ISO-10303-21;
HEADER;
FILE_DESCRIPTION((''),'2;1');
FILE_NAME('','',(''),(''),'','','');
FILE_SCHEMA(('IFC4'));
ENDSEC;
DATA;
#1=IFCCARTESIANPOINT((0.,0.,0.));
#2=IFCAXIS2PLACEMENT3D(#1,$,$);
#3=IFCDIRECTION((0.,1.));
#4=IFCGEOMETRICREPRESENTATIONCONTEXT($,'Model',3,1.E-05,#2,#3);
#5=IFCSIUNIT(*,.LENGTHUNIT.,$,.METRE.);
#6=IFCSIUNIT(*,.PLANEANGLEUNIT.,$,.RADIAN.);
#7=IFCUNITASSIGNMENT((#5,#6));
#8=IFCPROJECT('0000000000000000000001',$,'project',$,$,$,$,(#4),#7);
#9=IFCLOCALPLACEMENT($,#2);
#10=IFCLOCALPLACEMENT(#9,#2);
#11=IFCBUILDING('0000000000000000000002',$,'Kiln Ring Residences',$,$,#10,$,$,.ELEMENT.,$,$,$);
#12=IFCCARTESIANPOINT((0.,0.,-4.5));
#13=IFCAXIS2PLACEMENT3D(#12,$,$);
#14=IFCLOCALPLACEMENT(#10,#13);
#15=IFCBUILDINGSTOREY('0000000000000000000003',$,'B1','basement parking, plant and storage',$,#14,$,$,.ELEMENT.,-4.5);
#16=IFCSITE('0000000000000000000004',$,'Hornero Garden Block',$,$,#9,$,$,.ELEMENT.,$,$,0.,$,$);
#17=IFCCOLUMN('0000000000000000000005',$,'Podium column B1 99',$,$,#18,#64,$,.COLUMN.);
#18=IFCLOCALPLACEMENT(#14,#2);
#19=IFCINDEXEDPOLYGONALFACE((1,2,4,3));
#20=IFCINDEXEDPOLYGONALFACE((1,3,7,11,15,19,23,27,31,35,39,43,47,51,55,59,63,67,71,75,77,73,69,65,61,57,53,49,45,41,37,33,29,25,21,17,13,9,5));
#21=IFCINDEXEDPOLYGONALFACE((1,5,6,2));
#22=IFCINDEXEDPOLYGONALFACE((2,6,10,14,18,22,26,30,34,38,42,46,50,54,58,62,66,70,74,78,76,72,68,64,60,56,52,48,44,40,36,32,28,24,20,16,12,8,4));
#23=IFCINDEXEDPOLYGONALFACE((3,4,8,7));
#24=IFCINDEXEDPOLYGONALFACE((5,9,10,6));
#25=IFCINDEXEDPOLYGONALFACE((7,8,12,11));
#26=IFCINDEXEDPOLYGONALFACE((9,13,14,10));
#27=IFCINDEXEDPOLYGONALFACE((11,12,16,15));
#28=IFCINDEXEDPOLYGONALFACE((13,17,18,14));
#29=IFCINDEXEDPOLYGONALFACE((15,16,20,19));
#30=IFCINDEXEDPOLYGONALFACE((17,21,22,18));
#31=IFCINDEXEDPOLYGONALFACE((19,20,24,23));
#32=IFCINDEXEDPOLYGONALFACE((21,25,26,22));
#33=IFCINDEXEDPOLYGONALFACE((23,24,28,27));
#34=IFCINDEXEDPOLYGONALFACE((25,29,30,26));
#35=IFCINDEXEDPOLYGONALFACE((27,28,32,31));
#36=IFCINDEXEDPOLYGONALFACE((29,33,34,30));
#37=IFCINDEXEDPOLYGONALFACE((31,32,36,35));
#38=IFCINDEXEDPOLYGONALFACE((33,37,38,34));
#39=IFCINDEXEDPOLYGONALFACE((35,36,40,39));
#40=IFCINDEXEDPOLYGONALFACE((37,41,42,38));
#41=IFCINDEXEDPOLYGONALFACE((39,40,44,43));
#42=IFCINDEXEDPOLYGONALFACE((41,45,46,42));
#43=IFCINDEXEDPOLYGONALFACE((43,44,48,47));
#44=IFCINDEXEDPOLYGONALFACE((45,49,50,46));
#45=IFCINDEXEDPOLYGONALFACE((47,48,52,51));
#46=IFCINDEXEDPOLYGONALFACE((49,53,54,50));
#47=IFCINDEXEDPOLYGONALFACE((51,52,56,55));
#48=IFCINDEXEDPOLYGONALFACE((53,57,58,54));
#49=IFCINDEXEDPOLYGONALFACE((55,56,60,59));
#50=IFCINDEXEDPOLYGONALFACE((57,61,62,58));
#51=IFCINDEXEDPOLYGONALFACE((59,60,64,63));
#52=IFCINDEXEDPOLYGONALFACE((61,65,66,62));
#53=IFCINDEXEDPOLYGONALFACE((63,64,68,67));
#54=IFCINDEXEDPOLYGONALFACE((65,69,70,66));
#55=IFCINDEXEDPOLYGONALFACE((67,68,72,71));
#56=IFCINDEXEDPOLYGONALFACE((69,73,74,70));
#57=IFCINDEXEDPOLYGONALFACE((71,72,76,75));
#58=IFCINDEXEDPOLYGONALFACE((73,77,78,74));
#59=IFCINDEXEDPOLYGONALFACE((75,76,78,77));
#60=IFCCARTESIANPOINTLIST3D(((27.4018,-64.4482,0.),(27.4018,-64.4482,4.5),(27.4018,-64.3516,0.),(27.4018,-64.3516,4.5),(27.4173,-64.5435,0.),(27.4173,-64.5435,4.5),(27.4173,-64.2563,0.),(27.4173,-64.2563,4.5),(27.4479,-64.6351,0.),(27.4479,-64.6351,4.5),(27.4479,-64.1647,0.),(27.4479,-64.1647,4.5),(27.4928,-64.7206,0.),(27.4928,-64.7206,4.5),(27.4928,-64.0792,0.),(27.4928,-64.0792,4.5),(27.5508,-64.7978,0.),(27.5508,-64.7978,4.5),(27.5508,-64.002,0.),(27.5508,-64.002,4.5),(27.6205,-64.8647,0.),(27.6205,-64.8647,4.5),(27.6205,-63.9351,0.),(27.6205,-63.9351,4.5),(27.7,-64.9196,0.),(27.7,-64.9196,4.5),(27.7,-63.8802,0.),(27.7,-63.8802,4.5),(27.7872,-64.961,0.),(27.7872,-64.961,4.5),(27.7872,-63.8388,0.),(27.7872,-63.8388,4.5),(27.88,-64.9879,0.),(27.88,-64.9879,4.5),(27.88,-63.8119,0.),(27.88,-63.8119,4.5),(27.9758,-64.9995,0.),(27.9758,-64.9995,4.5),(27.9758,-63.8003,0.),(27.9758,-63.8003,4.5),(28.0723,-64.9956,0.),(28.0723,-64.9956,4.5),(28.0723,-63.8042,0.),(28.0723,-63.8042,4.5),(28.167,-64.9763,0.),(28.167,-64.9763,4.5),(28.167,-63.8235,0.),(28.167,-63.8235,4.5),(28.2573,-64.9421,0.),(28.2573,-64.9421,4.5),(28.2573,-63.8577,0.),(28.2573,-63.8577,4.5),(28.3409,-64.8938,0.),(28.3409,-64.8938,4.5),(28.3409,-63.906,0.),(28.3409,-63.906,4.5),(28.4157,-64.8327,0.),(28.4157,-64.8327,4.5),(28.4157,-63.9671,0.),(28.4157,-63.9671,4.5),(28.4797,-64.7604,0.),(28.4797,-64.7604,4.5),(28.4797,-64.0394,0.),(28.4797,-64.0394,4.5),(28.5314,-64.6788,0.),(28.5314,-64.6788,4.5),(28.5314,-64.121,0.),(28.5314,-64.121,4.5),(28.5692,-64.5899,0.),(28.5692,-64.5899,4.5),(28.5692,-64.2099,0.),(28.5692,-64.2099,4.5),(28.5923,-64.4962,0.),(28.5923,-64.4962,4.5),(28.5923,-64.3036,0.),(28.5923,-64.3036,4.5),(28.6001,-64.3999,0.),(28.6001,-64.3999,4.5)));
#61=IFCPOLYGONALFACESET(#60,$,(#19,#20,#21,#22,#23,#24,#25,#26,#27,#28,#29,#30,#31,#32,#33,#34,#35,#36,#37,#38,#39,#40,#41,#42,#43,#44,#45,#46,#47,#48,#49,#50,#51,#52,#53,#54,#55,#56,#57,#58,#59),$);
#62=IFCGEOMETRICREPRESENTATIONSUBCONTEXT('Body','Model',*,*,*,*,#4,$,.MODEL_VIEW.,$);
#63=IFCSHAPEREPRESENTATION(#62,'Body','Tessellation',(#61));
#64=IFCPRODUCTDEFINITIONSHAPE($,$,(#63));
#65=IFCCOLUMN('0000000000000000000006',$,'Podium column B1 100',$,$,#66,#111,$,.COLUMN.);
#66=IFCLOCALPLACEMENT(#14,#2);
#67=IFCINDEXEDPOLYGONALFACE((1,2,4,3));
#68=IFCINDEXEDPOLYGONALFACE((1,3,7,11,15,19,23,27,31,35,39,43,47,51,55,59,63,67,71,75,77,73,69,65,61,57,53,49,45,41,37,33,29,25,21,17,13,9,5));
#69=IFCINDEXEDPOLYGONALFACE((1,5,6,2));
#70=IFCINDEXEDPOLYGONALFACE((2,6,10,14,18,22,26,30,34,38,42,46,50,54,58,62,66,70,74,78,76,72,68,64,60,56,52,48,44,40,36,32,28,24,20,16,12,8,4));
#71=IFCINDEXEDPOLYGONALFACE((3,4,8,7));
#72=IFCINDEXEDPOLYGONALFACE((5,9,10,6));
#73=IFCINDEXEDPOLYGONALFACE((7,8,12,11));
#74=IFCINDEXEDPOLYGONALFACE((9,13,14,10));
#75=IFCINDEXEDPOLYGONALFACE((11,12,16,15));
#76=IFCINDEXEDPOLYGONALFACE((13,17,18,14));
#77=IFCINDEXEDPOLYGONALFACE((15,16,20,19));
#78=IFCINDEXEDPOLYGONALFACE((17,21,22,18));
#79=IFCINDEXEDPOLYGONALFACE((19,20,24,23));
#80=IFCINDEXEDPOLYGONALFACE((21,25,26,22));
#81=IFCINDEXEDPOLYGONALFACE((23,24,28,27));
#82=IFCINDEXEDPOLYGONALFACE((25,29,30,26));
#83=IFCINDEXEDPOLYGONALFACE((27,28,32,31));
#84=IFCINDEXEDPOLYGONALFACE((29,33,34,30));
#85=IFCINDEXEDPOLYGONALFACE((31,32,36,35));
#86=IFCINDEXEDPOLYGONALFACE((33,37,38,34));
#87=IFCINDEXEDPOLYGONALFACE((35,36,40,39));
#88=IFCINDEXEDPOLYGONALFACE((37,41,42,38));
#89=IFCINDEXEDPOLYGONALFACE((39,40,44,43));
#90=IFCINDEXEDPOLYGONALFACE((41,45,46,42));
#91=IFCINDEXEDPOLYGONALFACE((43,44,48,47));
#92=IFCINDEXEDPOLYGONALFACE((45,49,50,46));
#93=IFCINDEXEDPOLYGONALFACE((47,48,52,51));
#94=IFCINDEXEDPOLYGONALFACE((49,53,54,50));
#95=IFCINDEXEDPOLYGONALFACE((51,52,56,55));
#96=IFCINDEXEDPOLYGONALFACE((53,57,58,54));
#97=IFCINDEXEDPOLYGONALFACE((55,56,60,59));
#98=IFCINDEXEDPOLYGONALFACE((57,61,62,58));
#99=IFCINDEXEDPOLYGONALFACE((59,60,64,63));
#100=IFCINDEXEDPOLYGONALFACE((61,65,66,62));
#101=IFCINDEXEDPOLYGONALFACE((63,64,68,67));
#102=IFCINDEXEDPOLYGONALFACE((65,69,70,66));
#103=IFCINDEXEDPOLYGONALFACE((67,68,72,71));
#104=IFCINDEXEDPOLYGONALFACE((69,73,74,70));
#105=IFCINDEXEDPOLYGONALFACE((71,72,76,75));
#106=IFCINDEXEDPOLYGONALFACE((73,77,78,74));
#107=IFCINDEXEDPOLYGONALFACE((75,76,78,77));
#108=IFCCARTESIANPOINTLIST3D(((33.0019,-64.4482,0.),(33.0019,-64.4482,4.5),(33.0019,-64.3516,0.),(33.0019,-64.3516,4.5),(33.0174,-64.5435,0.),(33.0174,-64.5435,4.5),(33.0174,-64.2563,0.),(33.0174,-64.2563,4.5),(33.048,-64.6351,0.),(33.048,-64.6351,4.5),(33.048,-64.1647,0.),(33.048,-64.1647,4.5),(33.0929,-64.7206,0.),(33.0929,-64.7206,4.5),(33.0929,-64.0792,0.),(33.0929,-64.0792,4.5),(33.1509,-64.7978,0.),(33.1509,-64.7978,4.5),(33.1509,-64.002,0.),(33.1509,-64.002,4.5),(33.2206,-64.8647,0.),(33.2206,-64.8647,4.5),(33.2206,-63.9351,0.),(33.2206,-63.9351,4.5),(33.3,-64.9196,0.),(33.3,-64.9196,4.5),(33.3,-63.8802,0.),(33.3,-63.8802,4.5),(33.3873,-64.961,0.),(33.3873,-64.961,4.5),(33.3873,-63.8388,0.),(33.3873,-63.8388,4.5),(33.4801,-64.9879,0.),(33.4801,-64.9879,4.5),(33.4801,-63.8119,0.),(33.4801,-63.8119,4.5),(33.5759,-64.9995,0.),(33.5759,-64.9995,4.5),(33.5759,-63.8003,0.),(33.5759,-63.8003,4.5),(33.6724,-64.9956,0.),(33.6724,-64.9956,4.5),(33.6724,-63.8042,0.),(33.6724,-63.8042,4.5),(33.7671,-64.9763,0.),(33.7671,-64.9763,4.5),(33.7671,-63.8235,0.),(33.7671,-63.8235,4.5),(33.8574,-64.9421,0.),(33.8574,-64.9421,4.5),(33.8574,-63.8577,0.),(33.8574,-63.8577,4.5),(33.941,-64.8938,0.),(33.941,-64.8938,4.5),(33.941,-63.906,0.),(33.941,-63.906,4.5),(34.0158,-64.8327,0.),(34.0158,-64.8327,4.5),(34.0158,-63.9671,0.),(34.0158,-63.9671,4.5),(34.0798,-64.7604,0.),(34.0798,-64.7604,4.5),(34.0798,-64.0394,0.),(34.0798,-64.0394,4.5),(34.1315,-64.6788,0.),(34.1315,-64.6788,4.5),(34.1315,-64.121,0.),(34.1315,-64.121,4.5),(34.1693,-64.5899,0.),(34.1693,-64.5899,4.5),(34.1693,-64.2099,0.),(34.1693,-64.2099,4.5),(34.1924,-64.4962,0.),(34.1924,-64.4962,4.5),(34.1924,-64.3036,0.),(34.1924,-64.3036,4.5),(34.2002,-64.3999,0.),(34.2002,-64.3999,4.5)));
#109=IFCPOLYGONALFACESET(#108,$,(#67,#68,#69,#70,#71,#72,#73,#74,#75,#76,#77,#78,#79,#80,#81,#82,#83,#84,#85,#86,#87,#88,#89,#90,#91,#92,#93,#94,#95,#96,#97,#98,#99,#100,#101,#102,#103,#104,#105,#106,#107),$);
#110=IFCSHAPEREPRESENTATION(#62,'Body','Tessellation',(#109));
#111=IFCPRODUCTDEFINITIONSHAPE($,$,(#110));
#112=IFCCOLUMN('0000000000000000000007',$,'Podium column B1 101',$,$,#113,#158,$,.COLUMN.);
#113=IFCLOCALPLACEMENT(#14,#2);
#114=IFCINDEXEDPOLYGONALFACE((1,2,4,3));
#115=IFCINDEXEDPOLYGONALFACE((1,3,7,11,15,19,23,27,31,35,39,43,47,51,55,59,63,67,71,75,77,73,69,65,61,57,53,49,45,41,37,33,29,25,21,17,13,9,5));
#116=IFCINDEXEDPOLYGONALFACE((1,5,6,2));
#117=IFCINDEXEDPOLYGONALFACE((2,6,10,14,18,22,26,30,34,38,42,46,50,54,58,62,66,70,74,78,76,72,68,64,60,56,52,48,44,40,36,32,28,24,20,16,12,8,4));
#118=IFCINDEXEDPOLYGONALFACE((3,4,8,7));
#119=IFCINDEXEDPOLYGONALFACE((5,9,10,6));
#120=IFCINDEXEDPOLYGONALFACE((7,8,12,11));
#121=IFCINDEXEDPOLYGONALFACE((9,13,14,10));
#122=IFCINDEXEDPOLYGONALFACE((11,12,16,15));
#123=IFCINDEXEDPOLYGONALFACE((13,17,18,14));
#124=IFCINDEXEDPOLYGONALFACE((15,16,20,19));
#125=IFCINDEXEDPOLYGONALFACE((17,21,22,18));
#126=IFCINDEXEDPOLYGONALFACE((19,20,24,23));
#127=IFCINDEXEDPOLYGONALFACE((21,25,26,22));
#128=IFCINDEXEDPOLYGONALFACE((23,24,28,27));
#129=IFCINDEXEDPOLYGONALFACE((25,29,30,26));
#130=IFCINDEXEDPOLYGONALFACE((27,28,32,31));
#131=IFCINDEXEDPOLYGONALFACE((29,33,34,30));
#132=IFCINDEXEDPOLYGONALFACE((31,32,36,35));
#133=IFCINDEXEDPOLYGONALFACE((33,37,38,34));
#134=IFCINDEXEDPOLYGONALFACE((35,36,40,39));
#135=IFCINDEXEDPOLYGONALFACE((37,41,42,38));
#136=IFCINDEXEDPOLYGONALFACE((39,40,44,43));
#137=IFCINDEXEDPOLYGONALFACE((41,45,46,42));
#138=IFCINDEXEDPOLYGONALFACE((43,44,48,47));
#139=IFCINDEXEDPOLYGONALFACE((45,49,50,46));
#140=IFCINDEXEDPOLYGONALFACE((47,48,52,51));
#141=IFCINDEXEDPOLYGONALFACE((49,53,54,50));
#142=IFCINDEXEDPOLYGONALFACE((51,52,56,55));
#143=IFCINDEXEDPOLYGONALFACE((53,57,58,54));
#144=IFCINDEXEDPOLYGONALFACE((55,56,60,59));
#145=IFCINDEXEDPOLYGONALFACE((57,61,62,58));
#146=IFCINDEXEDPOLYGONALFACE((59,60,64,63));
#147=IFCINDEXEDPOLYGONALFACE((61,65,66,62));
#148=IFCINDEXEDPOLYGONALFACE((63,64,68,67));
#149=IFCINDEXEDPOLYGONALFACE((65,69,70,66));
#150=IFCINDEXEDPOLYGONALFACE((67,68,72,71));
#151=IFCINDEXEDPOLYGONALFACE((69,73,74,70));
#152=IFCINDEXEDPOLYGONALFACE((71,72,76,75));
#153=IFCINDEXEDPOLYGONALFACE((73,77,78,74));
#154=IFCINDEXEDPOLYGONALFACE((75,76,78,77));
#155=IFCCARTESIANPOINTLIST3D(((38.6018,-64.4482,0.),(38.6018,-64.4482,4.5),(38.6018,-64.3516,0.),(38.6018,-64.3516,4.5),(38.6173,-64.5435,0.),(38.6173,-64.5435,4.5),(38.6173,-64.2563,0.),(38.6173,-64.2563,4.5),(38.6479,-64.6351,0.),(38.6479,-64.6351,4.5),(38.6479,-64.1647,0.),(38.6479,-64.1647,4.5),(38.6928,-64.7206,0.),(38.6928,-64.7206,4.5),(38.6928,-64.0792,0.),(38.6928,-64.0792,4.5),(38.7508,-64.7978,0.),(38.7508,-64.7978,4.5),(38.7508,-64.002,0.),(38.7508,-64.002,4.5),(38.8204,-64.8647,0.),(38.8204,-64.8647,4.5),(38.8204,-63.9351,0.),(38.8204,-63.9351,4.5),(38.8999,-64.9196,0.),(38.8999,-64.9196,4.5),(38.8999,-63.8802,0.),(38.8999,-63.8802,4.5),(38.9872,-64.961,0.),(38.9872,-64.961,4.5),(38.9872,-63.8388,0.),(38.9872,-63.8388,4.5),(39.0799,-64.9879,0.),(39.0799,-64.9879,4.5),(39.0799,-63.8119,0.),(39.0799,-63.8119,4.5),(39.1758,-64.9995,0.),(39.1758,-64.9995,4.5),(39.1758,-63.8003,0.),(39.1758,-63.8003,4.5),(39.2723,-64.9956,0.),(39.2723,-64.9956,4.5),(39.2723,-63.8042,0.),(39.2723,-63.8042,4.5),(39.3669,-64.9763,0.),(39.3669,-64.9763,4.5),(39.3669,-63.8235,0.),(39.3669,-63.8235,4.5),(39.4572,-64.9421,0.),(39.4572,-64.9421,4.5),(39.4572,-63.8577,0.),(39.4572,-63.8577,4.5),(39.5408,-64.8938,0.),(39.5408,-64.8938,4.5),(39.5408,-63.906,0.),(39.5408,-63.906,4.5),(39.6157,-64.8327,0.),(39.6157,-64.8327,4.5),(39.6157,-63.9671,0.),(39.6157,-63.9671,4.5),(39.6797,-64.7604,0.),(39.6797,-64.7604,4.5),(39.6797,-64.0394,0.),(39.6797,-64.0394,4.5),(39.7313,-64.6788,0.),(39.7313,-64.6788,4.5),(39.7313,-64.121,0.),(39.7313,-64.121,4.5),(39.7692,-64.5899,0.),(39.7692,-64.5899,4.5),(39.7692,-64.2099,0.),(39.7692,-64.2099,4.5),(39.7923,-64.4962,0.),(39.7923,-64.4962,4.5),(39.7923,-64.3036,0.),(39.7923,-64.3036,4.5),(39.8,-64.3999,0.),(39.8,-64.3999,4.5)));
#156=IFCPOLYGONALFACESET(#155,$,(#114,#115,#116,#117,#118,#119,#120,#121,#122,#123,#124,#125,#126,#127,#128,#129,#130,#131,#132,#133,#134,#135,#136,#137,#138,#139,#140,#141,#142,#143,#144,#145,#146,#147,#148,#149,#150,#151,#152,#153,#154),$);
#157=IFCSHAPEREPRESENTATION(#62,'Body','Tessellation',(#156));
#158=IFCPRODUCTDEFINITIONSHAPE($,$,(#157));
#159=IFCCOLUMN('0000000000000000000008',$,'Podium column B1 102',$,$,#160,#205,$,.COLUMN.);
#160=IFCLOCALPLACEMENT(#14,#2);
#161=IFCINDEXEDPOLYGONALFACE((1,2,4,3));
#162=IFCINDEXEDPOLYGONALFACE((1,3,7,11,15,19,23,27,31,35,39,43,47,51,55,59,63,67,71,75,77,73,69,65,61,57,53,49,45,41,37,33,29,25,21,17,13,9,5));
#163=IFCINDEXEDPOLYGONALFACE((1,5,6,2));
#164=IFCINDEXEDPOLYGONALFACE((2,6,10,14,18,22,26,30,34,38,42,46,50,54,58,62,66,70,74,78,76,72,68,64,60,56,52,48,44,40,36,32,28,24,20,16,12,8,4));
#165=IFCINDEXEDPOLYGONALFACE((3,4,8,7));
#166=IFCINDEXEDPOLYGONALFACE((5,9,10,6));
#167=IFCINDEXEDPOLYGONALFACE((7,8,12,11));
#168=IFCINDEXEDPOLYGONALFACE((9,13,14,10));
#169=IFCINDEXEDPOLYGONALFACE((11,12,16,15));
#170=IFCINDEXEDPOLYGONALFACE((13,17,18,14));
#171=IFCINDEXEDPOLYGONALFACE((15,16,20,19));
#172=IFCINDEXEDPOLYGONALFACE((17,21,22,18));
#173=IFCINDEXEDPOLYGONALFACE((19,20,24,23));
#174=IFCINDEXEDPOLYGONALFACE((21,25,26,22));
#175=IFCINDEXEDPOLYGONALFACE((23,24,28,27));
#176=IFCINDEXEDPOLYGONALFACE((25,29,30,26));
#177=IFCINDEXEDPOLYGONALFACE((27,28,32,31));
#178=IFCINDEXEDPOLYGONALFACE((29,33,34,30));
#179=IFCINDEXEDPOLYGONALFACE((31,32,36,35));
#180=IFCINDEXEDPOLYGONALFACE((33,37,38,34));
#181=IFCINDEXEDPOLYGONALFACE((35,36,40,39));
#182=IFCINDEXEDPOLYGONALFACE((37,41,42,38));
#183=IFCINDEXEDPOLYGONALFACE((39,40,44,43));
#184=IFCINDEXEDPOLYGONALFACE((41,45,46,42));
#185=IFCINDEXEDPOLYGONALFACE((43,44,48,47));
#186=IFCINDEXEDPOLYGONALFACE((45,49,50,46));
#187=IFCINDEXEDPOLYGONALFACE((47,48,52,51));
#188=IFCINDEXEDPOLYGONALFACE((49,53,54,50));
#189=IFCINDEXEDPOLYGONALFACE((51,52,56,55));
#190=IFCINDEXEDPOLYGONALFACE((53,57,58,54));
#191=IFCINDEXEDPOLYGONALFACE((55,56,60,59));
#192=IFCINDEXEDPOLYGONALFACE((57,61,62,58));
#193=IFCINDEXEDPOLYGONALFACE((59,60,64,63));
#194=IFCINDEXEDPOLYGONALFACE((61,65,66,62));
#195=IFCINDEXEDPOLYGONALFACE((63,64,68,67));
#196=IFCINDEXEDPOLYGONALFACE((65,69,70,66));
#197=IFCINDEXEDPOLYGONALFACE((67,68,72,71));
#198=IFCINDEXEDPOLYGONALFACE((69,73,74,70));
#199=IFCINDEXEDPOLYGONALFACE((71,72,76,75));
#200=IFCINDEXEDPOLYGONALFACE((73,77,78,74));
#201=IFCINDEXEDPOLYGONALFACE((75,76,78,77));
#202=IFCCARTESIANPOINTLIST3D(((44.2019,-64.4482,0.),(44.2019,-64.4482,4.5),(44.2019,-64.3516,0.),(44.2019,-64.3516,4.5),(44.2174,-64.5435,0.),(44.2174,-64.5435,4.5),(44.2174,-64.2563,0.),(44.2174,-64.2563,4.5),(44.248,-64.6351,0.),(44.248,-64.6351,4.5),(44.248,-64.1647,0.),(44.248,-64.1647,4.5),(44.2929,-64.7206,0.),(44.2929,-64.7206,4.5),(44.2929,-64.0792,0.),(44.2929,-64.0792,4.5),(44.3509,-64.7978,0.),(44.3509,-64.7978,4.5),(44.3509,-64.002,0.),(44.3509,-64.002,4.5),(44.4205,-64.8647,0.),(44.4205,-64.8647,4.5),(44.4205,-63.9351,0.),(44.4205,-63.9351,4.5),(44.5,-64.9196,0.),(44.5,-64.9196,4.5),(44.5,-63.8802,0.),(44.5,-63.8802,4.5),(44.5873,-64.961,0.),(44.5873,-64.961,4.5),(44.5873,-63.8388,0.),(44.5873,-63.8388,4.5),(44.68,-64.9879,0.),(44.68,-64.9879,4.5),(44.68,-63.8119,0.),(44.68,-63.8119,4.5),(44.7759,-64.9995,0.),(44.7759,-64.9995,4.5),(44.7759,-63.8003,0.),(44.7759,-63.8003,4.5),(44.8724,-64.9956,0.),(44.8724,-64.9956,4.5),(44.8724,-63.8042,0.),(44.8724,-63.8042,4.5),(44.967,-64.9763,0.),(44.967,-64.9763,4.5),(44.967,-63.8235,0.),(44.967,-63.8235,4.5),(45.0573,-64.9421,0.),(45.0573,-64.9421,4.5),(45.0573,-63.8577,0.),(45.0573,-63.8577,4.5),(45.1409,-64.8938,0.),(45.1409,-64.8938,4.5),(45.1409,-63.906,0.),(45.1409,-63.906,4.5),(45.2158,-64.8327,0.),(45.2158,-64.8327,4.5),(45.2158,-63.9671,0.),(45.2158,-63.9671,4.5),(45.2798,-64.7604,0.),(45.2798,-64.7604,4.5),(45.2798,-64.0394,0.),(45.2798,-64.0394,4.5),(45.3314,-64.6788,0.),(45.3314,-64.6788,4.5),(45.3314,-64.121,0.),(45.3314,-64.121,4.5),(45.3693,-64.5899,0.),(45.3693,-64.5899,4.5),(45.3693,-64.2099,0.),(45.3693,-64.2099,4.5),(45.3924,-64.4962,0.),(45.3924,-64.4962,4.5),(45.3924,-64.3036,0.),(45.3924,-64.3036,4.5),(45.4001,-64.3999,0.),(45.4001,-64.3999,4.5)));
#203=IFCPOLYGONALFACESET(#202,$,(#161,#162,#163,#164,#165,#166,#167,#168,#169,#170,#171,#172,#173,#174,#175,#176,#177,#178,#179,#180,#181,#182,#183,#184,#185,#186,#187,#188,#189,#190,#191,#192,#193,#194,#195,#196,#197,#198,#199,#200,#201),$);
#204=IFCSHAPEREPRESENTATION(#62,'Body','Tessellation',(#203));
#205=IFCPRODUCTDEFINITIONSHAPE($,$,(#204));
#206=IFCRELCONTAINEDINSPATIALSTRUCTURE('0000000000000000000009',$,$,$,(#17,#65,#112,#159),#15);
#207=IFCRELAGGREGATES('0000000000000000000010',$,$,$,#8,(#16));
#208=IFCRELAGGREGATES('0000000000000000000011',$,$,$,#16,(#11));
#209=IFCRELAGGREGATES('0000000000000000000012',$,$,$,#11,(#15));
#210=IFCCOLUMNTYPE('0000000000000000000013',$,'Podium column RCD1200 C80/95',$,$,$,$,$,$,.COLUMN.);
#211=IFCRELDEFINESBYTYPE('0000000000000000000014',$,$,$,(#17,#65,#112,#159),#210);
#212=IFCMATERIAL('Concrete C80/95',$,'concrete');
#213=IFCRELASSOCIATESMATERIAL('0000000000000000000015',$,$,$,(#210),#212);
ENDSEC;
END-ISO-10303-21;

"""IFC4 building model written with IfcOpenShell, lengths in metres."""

from ifc_helpers import new_model, si_unit, direction, frame, origin, origin_2d, place, context, subcontext, project, spatial, circle, extrude, material, material_profile, profile_set, type_object, element, save


model = new_model("IFC4")

# Units and contexts
model_context = context("Model", 3, precision=1e-05, world=origin(), true_north=direction((0.0, 1.0)))
body_context = subcontext(model_context, "Body", "Model", "MODEL_VIEW")
ifc_project = project(units=[si_unit("LENGTHUNIT", "METRE"), si_unit("PLANEANGLEUNIT", "RADIAN")], contexts=[model_context])

# Site, building, storey
site_placement = place(None, origin())
site = spatial("IfcSite", under=ifc_project, at=site_placement, Name="Hornero Garden Block", CompositionType="ELEMENT", RefElevation=0.0)
building_placement = place(site_placement, origin())
building = spatial("IfcBuilding", under=site, at=building_placement, Name="Kiln Ring Residences", CompositionType="ELEMENT")
storey_placement = place(building_placement, frame((0.0, 0.0, -4.5)))
storey = spatial("IfcBuildingStorey", under=building, at=storey_placement, Name="B1", Description="basement parking, plant and storage", CompositionType="ELEMENT", Elevation=-4.5)

# Columns
ifc_material_1 = material(Name="Concrete C80/95", Category="concrete")
ifc_material_profile_1 = material_profile(ifc_material_1, circle(Radius=0.6001, at=origin_2d()), Name="RCD1200")
ifc_profile_set_1 = profile_set([ifc_material_profile_1], Name="Concrete C80/95")
column_type = type_object("IfcColumnType", Name="Podium column RCD1200 C80/95", PredefinedType="COLUMN", material=ifc_profile_set_1)
for number, where, z_axis, x_axis, name in (
    (1, (28.0, -64.3999, 0.0), (0.0, 0.0, 1.0), (1.0, 0.0, 0.0), "Podium column B1 99"),
    (2, (33.6001, -64.3999, 0.0), (0.0, 0.0, 1.0), (1.0, 0.0, 0.0), "Podium column B1 100"),
    (3, (39.2, -64.3999, 0.0), (0.0, 0.0, 1.0), (1.0, 0.0, 0.0), "Podium column B1 101"),
    (4, (44.8, -64.3999, 0.0), (0.0, 0.0, 1.0), (1.0, 0.0, 0.0), "Podium column B1 102"),
):
    element("IfcColumn", number, at=place(storey_placement, frame(where, z_axis=z_axis, x_axis=x_axis)), inside=storey, type_object=column_type, Name=name, PredefinedType="COLUMN", context=body_context, shape_type="SweptSolid", body=[
        extrude(circle(Radius=0.6001, at=origin_2d()), origin(), (0.0, 0.0, 1.0), 4.5),
    ])

save(model, "model.ifc")
